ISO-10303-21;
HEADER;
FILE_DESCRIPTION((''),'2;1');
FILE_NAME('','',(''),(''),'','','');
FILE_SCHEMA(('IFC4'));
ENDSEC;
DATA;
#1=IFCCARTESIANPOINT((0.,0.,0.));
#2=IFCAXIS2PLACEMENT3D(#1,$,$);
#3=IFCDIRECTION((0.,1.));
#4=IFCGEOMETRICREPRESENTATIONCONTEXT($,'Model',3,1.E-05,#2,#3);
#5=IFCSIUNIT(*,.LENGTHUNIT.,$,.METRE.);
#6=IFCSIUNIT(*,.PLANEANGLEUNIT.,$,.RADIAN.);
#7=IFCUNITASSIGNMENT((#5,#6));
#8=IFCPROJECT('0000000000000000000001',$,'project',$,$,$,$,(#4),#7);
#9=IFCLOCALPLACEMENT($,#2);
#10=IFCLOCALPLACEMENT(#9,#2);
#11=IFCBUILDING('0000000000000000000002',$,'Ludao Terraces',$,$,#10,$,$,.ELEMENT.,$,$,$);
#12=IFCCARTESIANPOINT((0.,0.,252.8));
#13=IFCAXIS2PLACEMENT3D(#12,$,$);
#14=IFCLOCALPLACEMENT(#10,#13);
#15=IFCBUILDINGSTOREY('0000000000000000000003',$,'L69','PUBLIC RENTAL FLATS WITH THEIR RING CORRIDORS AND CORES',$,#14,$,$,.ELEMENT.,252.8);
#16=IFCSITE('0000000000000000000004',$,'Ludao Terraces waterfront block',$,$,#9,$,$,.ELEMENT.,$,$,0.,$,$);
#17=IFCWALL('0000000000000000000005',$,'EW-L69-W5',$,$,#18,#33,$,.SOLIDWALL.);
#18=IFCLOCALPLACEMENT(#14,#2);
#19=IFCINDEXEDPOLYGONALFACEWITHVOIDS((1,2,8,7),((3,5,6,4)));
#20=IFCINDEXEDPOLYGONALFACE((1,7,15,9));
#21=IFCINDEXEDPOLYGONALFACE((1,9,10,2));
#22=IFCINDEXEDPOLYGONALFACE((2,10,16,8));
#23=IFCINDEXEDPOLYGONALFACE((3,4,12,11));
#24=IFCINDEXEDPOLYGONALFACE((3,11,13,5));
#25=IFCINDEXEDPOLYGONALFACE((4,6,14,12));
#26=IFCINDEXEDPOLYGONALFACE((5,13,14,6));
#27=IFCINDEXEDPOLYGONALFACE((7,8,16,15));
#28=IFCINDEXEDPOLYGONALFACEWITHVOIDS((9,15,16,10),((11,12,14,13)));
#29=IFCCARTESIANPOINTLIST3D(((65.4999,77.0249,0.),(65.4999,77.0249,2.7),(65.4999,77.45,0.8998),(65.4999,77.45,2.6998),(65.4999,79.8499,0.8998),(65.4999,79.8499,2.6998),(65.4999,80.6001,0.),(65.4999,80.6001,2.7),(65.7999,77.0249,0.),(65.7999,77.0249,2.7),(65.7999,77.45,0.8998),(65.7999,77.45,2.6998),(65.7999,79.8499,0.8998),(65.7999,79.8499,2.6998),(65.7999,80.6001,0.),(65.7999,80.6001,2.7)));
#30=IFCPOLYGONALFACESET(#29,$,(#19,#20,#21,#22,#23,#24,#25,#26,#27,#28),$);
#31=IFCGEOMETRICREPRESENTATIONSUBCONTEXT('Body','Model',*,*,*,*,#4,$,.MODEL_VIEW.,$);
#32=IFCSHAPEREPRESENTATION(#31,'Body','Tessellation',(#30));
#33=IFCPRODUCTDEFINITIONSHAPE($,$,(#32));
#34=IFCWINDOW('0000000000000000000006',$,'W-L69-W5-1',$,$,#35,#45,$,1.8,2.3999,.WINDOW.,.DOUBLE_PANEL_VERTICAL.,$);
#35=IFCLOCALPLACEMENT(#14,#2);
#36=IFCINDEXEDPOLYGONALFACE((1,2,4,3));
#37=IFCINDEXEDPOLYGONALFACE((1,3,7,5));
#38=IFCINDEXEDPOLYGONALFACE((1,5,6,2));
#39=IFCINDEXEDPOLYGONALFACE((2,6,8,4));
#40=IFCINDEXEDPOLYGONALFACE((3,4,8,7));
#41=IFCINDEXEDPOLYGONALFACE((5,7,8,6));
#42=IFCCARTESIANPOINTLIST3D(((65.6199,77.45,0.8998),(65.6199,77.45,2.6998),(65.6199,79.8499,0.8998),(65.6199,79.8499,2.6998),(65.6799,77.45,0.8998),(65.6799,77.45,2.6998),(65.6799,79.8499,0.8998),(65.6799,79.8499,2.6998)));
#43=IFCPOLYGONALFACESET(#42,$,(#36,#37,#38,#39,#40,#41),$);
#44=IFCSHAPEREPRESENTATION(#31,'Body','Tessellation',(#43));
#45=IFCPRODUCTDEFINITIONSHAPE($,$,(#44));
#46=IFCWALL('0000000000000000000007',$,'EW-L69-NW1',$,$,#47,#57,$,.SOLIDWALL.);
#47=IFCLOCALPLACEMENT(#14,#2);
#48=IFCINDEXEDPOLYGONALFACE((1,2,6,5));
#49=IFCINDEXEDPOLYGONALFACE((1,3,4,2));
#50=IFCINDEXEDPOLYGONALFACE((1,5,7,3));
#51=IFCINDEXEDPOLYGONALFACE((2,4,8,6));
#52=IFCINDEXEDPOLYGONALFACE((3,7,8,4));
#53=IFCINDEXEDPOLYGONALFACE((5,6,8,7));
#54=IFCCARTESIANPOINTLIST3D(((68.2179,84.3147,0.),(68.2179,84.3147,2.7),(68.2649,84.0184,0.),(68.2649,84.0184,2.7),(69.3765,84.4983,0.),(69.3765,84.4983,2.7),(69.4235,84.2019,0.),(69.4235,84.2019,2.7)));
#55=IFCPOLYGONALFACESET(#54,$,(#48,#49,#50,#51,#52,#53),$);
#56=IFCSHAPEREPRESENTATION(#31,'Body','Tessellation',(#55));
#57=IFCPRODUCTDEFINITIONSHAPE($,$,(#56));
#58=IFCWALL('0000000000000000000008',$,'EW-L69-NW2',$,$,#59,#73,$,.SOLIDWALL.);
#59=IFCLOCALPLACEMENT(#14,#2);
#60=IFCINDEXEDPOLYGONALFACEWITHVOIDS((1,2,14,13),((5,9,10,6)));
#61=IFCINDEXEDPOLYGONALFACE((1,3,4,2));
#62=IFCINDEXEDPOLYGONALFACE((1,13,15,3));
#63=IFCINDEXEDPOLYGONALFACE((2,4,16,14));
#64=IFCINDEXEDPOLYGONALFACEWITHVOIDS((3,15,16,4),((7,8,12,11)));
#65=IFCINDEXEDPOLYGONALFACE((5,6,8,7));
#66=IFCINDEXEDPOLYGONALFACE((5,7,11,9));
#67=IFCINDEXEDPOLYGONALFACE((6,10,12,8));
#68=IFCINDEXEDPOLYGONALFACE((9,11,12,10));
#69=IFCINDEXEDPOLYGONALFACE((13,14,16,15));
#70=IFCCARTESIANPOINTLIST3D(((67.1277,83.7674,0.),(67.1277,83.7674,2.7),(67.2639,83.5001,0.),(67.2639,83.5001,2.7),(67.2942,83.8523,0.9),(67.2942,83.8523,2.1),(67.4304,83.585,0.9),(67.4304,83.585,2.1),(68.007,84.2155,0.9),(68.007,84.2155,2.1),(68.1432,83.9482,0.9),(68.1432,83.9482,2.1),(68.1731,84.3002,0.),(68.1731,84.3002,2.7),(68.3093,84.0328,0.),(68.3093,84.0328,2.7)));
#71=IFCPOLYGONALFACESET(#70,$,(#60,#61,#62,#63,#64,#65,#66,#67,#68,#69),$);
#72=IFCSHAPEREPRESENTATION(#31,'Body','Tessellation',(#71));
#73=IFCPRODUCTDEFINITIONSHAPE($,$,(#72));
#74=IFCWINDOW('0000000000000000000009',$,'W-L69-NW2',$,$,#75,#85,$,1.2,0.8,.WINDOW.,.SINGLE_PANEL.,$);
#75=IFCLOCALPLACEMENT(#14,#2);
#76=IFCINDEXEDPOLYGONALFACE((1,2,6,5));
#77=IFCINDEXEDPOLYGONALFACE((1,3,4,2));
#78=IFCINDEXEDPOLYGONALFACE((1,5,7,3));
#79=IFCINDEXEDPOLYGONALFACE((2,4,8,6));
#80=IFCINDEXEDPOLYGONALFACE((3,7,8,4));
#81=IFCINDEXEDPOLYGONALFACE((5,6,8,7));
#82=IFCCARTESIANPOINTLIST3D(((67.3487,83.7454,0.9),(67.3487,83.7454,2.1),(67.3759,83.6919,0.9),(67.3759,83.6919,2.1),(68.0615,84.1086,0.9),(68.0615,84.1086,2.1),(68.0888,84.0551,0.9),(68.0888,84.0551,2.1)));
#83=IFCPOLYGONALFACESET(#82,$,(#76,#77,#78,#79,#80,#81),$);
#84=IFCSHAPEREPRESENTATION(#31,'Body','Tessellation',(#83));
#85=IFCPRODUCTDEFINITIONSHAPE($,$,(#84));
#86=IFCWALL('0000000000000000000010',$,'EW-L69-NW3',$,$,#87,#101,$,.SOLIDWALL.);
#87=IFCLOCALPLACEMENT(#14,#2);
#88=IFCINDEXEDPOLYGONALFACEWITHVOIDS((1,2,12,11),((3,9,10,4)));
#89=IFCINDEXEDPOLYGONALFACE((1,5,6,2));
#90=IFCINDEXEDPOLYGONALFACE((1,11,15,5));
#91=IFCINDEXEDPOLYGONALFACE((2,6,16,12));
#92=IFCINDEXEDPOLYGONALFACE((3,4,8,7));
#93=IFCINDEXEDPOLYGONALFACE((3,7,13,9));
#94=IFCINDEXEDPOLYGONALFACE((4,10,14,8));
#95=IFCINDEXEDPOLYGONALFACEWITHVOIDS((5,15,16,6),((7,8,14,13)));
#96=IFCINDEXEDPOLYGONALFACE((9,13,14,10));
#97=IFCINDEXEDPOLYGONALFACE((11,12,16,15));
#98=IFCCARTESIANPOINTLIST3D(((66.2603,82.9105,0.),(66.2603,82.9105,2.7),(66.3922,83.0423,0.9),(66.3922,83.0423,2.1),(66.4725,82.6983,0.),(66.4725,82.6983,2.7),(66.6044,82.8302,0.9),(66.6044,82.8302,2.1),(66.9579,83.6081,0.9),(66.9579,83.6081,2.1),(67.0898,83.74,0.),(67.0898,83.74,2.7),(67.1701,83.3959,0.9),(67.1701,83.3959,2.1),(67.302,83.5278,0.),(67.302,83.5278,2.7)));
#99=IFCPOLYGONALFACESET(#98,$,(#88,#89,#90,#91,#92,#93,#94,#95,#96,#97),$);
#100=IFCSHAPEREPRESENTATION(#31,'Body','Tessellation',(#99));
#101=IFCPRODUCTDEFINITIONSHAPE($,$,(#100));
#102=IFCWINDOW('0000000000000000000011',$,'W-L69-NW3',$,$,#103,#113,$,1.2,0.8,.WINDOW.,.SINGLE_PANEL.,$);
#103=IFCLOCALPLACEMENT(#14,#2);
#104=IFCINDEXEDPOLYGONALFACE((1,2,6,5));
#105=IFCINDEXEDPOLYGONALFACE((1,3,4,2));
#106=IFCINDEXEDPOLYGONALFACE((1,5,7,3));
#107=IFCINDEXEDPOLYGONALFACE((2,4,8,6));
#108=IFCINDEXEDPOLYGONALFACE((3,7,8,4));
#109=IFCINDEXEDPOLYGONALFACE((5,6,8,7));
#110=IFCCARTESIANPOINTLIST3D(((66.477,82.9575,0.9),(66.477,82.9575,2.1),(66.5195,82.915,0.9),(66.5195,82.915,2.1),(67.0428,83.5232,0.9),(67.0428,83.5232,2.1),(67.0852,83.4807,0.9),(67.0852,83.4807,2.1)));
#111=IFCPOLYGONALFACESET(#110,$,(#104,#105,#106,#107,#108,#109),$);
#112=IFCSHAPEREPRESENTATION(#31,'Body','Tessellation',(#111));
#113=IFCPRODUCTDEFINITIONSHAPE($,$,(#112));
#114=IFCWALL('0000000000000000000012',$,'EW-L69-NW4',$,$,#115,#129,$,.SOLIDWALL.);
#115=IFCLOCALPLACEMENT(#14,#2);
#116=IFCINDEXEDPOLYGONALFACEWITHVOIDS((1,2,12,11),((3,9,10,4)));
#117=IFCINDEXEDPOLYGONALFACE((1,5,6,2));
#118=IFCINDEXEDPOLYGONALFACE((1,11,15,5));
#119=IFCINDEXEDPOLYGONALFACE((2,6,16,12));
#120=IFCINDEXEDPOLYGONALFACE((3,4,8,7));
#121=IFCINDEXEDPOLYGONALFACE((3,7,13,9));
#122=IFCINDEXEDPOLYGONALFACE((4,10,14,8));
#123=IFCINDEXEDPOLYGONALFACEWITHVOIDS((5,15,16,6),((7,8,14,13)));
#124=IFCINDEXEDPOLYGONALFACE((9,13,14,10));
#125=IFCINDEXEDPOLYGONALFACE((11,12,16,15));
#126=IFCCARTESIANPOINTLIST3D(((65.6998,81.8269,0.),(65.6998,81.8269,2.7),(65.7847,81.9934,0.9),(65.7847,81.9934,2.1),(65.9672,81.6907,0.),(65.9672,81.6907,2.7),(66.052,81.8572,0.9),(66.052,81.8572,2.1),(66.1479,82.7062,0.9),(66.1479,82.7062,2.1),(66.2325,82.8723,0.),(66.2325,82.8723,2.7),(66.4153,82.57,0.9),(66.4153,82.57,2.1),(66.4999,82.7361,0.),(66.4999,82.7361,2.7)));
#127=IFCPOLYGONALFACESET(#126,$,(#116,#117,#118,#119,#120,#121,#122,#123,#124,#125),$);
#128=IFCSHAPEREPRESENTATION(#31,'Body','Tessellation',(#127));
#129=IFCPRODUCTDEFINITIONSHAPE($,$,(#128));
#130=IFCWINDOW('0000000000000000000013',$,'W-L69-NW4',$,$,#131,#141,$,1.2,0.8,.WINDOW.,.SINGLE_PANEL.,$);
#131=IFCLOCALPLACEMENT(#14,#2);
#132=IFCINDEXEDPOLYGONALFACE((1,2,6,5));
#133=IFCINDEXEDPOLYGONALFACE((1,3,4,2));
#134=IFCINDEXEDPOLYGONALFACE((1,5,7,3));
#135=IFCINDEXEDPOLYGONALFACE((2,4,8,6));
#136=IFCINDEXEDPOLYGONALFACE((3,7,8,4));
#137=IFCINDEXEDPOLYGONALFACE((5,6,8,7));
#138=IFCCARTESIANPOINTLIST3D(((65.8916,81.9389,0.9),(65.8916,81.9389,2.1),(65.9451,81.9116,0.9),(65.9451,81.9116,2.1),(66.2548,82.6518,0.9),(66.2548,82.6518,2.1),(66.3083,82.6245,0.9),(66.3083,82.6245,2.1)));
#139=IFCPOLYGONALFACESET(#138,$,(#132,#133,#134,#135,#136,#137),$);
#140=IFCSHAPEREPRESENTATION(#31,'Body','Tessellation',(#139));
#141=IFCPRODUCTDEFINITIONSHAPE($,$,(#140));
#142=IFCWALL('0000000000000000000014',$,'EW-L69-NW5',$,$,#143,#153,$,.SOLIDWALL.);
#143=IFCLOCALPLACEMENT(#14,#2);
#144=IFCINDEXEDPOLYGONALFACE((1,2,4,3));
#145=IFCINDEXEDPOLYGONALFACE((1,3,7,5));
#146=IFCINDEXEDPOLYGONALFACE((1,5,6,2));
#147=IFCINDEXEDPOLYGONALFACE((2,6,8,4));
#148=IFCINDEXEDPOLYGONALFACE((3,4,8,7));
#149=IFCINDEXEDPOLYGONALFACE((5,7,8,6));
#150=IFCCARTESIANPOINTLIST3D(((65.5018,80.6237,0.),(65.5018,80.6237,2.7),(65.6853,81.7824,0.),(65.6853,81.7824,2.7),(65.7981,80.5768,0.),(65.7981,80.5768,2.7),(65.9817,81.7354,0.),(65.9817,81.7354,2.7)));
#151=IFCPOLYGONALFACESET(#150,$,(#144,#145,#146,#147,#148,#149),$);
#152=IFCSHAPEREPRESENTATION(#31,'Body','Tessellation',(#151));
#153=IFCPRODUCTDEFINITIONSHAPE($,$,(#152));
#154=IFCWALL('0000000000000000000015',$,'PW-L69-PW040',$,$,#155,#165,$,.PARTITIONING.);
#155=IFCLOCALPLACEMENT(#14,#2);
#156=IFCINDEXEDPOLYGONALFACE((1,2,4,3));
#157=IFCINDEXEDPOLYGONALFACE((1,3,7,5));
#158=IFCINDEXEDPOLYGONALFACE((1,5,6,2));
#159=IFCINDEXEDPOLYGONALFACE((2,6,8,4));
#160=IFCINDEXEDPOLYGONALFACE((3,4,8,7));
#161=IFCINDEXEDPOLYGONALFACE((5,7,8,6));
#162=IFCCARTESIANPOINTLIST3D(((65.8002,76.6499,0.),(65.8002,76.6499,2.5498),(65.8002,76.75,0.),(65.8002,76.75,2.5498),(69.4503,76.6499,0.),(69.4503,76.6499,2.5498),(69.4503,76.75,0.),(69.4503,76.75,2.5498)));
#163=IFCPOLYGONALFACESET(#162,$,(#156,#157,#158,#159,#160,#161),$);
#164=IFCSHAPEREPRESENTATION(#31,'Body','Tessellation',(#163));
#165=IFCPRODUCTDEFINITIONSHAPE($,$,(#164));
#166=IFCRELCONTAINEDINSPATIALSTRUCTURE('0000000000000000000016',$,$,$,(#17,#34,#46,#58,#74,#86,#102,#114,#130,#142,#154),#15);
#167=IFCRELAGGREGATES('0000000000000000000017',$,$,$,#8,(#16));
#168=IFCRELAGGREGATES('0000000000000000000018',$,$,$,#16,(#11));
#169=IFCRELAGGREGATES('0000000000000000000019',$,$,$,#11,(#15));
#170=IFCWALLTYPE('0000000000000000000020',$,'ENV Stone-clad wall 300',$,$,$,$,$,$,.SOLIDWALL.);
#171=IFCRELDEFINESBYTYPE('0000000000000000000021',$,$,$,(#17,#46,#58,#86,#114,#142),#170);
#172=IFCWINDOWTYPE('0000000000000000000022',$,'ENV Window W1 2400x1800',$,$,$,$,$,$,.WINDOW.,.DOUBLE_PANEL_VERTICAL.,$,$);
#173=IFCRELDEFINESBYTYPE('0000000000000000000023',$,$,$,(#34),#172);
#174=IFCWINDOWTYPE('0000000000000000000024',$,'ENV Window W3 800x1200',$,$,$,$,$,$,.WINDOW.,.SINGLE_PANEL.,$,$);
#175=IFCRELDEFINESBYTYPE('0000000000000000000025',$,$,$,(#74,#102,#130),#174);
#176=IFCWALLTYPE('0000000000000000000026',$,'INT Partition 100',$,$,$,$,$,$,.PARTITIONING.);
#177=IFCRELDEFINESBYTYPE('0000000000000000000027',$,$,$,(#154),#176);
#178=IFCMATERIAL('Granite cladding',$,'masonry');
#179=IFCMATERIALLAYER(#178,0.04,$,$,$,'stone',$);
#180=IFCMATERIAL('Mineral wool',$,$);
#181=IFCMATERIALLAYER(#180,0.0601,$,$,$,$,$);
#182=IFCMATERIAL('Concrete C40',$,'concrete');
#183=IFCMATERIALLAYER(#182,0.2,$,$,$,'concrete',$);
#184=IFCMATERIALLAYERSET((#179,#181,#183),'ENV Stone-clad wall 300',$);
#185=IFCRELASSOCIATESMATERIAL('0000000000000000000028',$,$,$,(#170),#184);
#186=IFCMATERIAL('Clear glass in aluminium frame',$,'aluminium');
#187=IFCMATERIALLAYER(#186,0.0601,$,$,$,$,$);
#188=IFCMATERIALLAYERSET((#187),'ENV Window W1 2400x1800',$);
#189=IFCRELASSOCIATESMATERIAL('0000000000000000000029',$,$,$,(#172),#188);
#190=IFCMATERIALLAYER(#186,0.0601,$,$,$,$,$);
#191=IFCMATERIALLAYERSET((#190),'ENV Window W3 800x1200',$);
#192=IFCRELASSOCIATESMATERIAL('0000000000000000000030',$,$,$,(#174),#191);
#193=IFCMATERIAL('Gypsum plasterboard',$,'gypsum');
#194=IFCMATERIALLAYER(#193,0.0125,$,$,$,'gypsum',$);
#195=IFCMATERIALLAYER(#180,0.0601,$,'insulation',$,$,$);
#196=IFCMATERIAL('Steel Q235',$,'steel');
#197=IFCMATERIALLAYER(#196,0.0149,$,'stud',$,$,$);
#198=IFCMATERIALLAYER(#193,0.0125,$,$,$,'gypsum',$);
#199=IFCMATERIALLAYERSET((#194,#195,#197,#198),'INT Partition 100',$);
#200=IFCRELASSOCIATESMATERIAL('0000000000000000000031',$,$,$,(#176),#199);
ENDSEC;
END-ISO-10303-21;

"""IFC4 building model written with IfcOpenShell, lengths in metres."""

from ifc_helpers import new_model, si_unit, direction, frame, frame_2d, origin, place, context, subcontext, project, spatial, rectangle, extrude, material, layer, layer_set, type_object, element, fill, save


model = new_model("IFC4")

# Units and contexts
model_context = context("Model", 3, precision=1e-05, world=origin(), true_north=direction((0.0, 1.0)))
body_context = subcontext(model_context, "Body", "Model", "MODEL_VIEW")
ifc_project = project(units=[si_unit("LENGTHUNIT", "METRE"), si_unit("PLANEANGLEUNIT", "RADIAN")], contexts=[model_context])

# Site, building, storey
site_placement = place(None, origin())
site = spatial("IfcSite", under=ifc_project, at=site_placement, Name="Ludao Terraces waterfront block", CompositionType="ELEMENT", RefElevation=0.0)
building_placement = place(site_placement, origin())
building = spatial("IfcBuilding", under=site, at=building_placement, Name="Ludao Terraces", CompositionType="ELEMENT")
storey_placement = place(building_placement, frame((0.0, 0.0, 252.8)))
storey = spatial("IfcBuildingStorey", under=building, at=storey_placement, Name="L69", Description="PUBLIC RENTAL FLATS WITH THEIR RING CORRIDORS AND CORES", CompositionType="ELEMENT", Elevation=252.8)

# Shared definitions
ifc_material_1 = material(Name="Concrete C40", Category="concrete")

# Shared definitions
ifc_material_2 = material(Name="Steel Q235", Category="steel")

# Shared definitions
ifc_material_3 = material(Name="Granite cladding", Category="masonry")
ifc_layer_1 = layer(ifc_material_3, 0.04, Category="stone")
ifc_material_4 = material(Name="Mineral wool")
ifc_layer_2 = layer(ifc_material_4, 0.0601)
ifc_layer_3 = layer(ifc_material_1, 0.2, Category="concrete")
ifc_layer_set_1 = layer_set([ifc_layer_1, ifc_layer_2, ifc_layer_3], Name="ENV Stone-clad wall 300")
wall_type_1 = type_object("IfcWallType", Name="ENV Stone-clad wall 300", PredefinedType="SOLIDWALL", material=ifc_layer_set_1)
ifc_material_5 = material(Name="Clear glass in aluminium frame", Category="aluminium")
ifc_layer_4 = layer(ifc_material_5, 0.0601)
ifc_layer_set_2 = layer_set([ifc_layer_4], Name="ENV Window W1 2400x1800")
window_type_1 = type_object("IfcWindowType", Name="ENV Window W1 2400x1800", PartitioningType="DOUBLE_PANEL_VERTICAL", PredefinedType="WINDOW", material=ifc_layer_set_2)

# Wall, opening, window
wall_1_placement = place(storey_placement, frame((65.6499, 77.0249, 0.0), z_axis=(0.0, 0.0, 1.0), x_axis=(0.0, 1.0, 0.0)))
wall_1 = element("IfcWall", 1, at=wall_1_placement, inside=storey, type_object=wall_type_1, Name="EW-L69-W5", PredefinedType="SOLIDWALL", context=body_context, shape_type="SweptSolid", body=[
    extrude(rectangle(XDim=3.5752, YDim=0.3, at=frame_2d((1.7876, 0.0))), origin(), (0.0, 0.0, 1.0), 2.7),
])
opening_1_placement = place(wall_1_placement, frame((0.425, 0.0, 0.8999)))
opening_1 = element("IfcOpeningElement", 2, at=opening_1_placement, cuts=wall_1, PredefinedType="OPENING", context=body_context, shape_type="SweptSolid", body=[
    extrude(rectangle(XDim=2.3999, YDim=1.8, at=frame_2d((1.2, 0.8999))), frame((0.0, 0.1602, 0.0), z_axis=(0.0, -1.0, 0.0), x_axis=(1.0, 0.0, 0.0)), (0.0, 0.0, 1.0), 0.3201),
])
window_1_placement = place(opening_1_placement, origin())
window_1 = element("IfcWindow", 3, at=window_1_placement, inside=storey, type_object=window_type_1, Name="W-L69-W5-1", OverallHeight=1.8, OverallWidth=2.3999, PartitioningType="DOUBLE_PANEL_VERTICAL", PredefinedType="WINDOW", context=body_context, shape_type="SweptSolid", body=[
    extrude(rectangle(XDim=2.3999, YDim=1.8, at=frame_2d((1.2, 0.8999))), frame((0.0, 0.03, 0.0), z_axis=(0.0, -1.0, 0.0), x_axis=(1.0, 0.0, 0.0)), (0.0, 0.0, 1.0), 0.0601),
])
fill(opening_1, window_1)

# Wall
wall_2_placement = place(storey_placement, frame((69.3999, 84.3501, 0.0), z_axis=(0.0, 0.0, 1.0), x_axis=(-0.987678, -0.156497, 0.0)))
element("IfcWall", 4, at=wall_2_placement, inside=storey, type_object=wall_type_1, Name="EW-L69-NW1", PredefinedType="SOLIDWALL", context=body_context, shape_type="SweptSolid", body=[
    extrude(rectangle(XDim=1.1731, YDim=0.3, at=frame_2d((0.5864, 0.0))), origin(), (0.0, 0.0, 1.0), 2.7),
])

# Walls, openings, windows
wall_3_placement = place(storey_placement, frame((68.2412, 84.1665, 0.0), z_axis=(0.0, 0.0, 1.0), x_axis=(-0.890989, -0.454026, 0.0)))
wall_3 = element("IfcWall", 5, at=wall_3_placement, inside=storey, type_object=wall_type_1, Name="EW-L69-NW2", PredefinedType="SOLIDWALL", context=body_context, shape_type="SweptSolid", body=[
    extrude(rectangle(XDim=1.1733, YDim=0.3, at=frame_2d((0.5867, 0.0))), origin(), (0.0, 0.0, 1.0), 2.7),
])
opening_2_placement = place(wall_3_placement, frame((0.1865, 0.0, 0.8999)))
opening_2 = element("IfcOpeningElement", 6, at=opening_2_placement, cuts=wall_3, PredefinedType="OPENING", context=body_context, shape_type="SweptSolid", body=[
    extrude(rectangle(XDim=0.8, YDim=1.2, at=frame_2d((0.3999, 0.6001))), frame((0.0, 0.1602, 0.0), z_axis=(0.0, -1.0, 0.0), x_axis=(1.0, 0.0, 0.0)), (0.0, 0.0, 1.0), 0.3201),
])
ifc_layer_5 = layer(ifc_material_5, 0.0601)
ifc_layer_set_3 = layer_set([ifc_layer_5], Name="ENV Window W3 800x1200")
window_type_2 = type_object("IfcWindowType", Name="ENV Window W3 800x1200", PartitioningType="SINGLE_PANEL", PredefinedType="WINDOW", material=ifc_layer_set_3)
window_2_placement = place(opening_2_placement, origin())
window_2 = element("IfcWindow", 7, at=window_2_placement, inside=storey, type_object=window_type_2, Name="W-L69-NW2", OverallHeight=1.2, OverallWidth=0.8, PartitioningType="SINGLE_PANEL", PredefinedType="WINDOW", context=body_context, shape_type="SweptSolid", body=[
    extrude(rectangle(XDim=0.8, YDim=1.2, at=frame_2d((0.3999, 0.6001))), frame((0.0, 0.03, 0.0), z_axis=(0.0, -1.0, 0.0), x_axis=(1.0, 0.0, 0.0)), (0.0, 0.0, 1.0), 0.0601),
])
fill(opening_2, window_2)
wall_4_placement = place(storey_placement, frame((67.1958, 83.6338, 0.0), z_axis=(0.0, 0.0, 1.0), x_axis=(-0.707107, -0.707107, 0.0)))
wall_4 = element("IfcWall", 8, at=wall_4_placement, inside=storey, type_object=wall_type_1, Name="EW-L69-NW3", PredefinedType="SOLIDWALL", context=body_context, shape_type="SweptSolid", body=[
    extrude(rectangle(XDim=1.1731, YDim=0.3, at=frame_2d((0.5864, 0.0))), origin(), (0.0, 0.0, 1.0), 2.7),
])
opening_3_placement = place(wall_4_placement, frame((0.1865, 0.0, 0.8999)))
opening_3 = element("IfcOpeningElement", 9, at=opening_3_placement, cuts=wall_4, PredefinedType="OPENING", context=body_context, shape_type="SweptSolid", body=[
    extrude(rectangle(XDim=0.8, YDim=1.2, at=frame_2d((0.3999, 0.6001))), frame((0.0, 0.1602, 0.0), z_axis=(0.0, -1.0, 0.0), x_axis=(1.0, 0.0, 0.0)), (0.0, 0.0, 1.0), 0.3201),
])
window_3_placement = place(opening_3_placement, origin())
window_3 = element("IfcWindow", 10, at=window_3_placement, inside=storey, type_object=window_type_2, Name="W-L69-NW3", OverallHeight=1.2, OverallWidth=0.8, PartitioningType="SINGLE_PANEL", PredefinedType="WINDOW", context=body_context, shape_type="SweptSolid", body=[
    extrude(rectangle(XDim=0.8, YDim=1.2, at=frame_2d((0.3999, 0.6001))), frame((0.0, 0.03, 0.0), z_axis=(0.0, -1.0, 0.0), x_axis=(1.0, 0.0, 0.0)), (0.0, 0.0, 1.0), 0.0601),
])
fill(opening_3, window_3)
wall_5_placement = place(storey_placement, frame((66.3662, 82.8042, 0.0), z_axis=(0.0, 0.0, 1.0), x_axis=(-0.454026, -0.890989, 0.0)))
wall_5 = element("IfcWall", 11, at=wall_5_placement, inside=storey, type_object=wall_type_1, Name="EW-L69-NW4", PredefinedType="SOLIDWALL", context=body_context, shape_type="SweptSolid", body=[
    extrude(rectangle(XDim=1.1733, YDim=0.3, at=frame_2d((0.5867, 0.0))), origin(), (0.0, 0.0, 1.0), 2.7),
])
opening_4_placement = place(wall_5_placement, frame((0.1865, 0.0, 0.8999)))
opening_4 = element("IfcOpeningElement", 12, at=opening_4_placement, cuts=wall_5, PredefinedType="OPENING", context=body_context, shape_type="SweptSolid", body=[
    extrude(rectangle(XDim=0.8, YDim=1.2, at=frame_2d((0.3999, 0.6001))), frame((0.0, 0.1602, 0.0), z_axis=(0.0, -1.0, 0.0), x_axis=(1.0, 0.0, 0.0)), (0.0, 0.0, 1.0), 0.3201),
])
window_4_placement = place(opening_4_placement, origin())
window_4 = element("IfcWindow", 13, at=window_4_placement, inside=storey, type_object=window_type_2, Name="W-L69-NW4", OverallHeight=1.2, OverallWidth=0.8, PartitioningType="SINGLE_PANEL", PredefinedType="WINDOW", context=body_context, shape_type="SweptSolid", body=[
    extrude(rectangle(XDim=0.8, YDim=1.2, at=frame_2d((0.3999, 0.6001))), frame((0.0, 0.03, 0.0), z_axis=(0.0, -1.0, 0.0), x_axis=(1.0, 0.0, 0.0)), (0.0, 0.0, 1.0), 0.0601),
])
fill(opening_4, window_4)

# Walls
wall_6_placement = place(storey_placement, frame((65.8335, 81.7588, 0.0), z_axis=(0.0, 0.0, 1.0), x_axis=(-0.156497, -0.987678, 0.0)))
element("IfcWall", 14, at=wall_6_placement, inside=storey, type_object=wall_type_1, Name="EW-L69-NW5", PredefinedType="SOLIDWALL", context=body_context, shape_type="SweptSolid", body=[
    extrude(rectangle(XDim=1.1731, YDim=0.3, at=frame_2d((0.5864, 0.0))), origin(), (0.0, 0.0, 1.0), 2.7),
])
ifc_material_6 = material(Name="Gypsum plasterboard", Category="gypsum")
ifc_layer_6 = layer(ifc_material_6, 0.0125, Category="gypsum")
ifc_layer_7 = layer(ifc_material_4, 0.0601, Name="insulation")
ifc_layer_8 = layer(ifc_material_2, 0.0149, Name="stud")
ifc_layer_9 = layer(ifc_material_6, 0.0125, Category="gypsum")
ifc_layer_set_4 = layer_set([ifc_layer_6, ifc_layer_7, ifc_layer_8, ifc_layer_9], Name="INT Partition 100")
wall_type_2 = type_object("IfcWallType", Name="INT Partition 100", PredefinedType="PARTITIONING", material=ifc_layer_set_4)
wall_7_placement = place(storey_placement, frame((65.8, 76.7, 0.0), z_axis=(0.0, 0.0, 1.0), x_axis=(1.0, 0.0, 0.0)))
element("IfcWall", 15, at=wall_7_placement, inside=storey, type_object=wall_type_2, Name="PW-L69-PW040", PredefinedType="PARTITIONING", context=body_context, shape_type="SweptSolid", body=[
    extrude(rectangle(XDim=3.6501, YDim=0.1001, at=frame_2d((1.8252, 0.0))), origin(), (0.0, 0.0, 1.0), 2.5498),
])

save(model, "model.ifc")
